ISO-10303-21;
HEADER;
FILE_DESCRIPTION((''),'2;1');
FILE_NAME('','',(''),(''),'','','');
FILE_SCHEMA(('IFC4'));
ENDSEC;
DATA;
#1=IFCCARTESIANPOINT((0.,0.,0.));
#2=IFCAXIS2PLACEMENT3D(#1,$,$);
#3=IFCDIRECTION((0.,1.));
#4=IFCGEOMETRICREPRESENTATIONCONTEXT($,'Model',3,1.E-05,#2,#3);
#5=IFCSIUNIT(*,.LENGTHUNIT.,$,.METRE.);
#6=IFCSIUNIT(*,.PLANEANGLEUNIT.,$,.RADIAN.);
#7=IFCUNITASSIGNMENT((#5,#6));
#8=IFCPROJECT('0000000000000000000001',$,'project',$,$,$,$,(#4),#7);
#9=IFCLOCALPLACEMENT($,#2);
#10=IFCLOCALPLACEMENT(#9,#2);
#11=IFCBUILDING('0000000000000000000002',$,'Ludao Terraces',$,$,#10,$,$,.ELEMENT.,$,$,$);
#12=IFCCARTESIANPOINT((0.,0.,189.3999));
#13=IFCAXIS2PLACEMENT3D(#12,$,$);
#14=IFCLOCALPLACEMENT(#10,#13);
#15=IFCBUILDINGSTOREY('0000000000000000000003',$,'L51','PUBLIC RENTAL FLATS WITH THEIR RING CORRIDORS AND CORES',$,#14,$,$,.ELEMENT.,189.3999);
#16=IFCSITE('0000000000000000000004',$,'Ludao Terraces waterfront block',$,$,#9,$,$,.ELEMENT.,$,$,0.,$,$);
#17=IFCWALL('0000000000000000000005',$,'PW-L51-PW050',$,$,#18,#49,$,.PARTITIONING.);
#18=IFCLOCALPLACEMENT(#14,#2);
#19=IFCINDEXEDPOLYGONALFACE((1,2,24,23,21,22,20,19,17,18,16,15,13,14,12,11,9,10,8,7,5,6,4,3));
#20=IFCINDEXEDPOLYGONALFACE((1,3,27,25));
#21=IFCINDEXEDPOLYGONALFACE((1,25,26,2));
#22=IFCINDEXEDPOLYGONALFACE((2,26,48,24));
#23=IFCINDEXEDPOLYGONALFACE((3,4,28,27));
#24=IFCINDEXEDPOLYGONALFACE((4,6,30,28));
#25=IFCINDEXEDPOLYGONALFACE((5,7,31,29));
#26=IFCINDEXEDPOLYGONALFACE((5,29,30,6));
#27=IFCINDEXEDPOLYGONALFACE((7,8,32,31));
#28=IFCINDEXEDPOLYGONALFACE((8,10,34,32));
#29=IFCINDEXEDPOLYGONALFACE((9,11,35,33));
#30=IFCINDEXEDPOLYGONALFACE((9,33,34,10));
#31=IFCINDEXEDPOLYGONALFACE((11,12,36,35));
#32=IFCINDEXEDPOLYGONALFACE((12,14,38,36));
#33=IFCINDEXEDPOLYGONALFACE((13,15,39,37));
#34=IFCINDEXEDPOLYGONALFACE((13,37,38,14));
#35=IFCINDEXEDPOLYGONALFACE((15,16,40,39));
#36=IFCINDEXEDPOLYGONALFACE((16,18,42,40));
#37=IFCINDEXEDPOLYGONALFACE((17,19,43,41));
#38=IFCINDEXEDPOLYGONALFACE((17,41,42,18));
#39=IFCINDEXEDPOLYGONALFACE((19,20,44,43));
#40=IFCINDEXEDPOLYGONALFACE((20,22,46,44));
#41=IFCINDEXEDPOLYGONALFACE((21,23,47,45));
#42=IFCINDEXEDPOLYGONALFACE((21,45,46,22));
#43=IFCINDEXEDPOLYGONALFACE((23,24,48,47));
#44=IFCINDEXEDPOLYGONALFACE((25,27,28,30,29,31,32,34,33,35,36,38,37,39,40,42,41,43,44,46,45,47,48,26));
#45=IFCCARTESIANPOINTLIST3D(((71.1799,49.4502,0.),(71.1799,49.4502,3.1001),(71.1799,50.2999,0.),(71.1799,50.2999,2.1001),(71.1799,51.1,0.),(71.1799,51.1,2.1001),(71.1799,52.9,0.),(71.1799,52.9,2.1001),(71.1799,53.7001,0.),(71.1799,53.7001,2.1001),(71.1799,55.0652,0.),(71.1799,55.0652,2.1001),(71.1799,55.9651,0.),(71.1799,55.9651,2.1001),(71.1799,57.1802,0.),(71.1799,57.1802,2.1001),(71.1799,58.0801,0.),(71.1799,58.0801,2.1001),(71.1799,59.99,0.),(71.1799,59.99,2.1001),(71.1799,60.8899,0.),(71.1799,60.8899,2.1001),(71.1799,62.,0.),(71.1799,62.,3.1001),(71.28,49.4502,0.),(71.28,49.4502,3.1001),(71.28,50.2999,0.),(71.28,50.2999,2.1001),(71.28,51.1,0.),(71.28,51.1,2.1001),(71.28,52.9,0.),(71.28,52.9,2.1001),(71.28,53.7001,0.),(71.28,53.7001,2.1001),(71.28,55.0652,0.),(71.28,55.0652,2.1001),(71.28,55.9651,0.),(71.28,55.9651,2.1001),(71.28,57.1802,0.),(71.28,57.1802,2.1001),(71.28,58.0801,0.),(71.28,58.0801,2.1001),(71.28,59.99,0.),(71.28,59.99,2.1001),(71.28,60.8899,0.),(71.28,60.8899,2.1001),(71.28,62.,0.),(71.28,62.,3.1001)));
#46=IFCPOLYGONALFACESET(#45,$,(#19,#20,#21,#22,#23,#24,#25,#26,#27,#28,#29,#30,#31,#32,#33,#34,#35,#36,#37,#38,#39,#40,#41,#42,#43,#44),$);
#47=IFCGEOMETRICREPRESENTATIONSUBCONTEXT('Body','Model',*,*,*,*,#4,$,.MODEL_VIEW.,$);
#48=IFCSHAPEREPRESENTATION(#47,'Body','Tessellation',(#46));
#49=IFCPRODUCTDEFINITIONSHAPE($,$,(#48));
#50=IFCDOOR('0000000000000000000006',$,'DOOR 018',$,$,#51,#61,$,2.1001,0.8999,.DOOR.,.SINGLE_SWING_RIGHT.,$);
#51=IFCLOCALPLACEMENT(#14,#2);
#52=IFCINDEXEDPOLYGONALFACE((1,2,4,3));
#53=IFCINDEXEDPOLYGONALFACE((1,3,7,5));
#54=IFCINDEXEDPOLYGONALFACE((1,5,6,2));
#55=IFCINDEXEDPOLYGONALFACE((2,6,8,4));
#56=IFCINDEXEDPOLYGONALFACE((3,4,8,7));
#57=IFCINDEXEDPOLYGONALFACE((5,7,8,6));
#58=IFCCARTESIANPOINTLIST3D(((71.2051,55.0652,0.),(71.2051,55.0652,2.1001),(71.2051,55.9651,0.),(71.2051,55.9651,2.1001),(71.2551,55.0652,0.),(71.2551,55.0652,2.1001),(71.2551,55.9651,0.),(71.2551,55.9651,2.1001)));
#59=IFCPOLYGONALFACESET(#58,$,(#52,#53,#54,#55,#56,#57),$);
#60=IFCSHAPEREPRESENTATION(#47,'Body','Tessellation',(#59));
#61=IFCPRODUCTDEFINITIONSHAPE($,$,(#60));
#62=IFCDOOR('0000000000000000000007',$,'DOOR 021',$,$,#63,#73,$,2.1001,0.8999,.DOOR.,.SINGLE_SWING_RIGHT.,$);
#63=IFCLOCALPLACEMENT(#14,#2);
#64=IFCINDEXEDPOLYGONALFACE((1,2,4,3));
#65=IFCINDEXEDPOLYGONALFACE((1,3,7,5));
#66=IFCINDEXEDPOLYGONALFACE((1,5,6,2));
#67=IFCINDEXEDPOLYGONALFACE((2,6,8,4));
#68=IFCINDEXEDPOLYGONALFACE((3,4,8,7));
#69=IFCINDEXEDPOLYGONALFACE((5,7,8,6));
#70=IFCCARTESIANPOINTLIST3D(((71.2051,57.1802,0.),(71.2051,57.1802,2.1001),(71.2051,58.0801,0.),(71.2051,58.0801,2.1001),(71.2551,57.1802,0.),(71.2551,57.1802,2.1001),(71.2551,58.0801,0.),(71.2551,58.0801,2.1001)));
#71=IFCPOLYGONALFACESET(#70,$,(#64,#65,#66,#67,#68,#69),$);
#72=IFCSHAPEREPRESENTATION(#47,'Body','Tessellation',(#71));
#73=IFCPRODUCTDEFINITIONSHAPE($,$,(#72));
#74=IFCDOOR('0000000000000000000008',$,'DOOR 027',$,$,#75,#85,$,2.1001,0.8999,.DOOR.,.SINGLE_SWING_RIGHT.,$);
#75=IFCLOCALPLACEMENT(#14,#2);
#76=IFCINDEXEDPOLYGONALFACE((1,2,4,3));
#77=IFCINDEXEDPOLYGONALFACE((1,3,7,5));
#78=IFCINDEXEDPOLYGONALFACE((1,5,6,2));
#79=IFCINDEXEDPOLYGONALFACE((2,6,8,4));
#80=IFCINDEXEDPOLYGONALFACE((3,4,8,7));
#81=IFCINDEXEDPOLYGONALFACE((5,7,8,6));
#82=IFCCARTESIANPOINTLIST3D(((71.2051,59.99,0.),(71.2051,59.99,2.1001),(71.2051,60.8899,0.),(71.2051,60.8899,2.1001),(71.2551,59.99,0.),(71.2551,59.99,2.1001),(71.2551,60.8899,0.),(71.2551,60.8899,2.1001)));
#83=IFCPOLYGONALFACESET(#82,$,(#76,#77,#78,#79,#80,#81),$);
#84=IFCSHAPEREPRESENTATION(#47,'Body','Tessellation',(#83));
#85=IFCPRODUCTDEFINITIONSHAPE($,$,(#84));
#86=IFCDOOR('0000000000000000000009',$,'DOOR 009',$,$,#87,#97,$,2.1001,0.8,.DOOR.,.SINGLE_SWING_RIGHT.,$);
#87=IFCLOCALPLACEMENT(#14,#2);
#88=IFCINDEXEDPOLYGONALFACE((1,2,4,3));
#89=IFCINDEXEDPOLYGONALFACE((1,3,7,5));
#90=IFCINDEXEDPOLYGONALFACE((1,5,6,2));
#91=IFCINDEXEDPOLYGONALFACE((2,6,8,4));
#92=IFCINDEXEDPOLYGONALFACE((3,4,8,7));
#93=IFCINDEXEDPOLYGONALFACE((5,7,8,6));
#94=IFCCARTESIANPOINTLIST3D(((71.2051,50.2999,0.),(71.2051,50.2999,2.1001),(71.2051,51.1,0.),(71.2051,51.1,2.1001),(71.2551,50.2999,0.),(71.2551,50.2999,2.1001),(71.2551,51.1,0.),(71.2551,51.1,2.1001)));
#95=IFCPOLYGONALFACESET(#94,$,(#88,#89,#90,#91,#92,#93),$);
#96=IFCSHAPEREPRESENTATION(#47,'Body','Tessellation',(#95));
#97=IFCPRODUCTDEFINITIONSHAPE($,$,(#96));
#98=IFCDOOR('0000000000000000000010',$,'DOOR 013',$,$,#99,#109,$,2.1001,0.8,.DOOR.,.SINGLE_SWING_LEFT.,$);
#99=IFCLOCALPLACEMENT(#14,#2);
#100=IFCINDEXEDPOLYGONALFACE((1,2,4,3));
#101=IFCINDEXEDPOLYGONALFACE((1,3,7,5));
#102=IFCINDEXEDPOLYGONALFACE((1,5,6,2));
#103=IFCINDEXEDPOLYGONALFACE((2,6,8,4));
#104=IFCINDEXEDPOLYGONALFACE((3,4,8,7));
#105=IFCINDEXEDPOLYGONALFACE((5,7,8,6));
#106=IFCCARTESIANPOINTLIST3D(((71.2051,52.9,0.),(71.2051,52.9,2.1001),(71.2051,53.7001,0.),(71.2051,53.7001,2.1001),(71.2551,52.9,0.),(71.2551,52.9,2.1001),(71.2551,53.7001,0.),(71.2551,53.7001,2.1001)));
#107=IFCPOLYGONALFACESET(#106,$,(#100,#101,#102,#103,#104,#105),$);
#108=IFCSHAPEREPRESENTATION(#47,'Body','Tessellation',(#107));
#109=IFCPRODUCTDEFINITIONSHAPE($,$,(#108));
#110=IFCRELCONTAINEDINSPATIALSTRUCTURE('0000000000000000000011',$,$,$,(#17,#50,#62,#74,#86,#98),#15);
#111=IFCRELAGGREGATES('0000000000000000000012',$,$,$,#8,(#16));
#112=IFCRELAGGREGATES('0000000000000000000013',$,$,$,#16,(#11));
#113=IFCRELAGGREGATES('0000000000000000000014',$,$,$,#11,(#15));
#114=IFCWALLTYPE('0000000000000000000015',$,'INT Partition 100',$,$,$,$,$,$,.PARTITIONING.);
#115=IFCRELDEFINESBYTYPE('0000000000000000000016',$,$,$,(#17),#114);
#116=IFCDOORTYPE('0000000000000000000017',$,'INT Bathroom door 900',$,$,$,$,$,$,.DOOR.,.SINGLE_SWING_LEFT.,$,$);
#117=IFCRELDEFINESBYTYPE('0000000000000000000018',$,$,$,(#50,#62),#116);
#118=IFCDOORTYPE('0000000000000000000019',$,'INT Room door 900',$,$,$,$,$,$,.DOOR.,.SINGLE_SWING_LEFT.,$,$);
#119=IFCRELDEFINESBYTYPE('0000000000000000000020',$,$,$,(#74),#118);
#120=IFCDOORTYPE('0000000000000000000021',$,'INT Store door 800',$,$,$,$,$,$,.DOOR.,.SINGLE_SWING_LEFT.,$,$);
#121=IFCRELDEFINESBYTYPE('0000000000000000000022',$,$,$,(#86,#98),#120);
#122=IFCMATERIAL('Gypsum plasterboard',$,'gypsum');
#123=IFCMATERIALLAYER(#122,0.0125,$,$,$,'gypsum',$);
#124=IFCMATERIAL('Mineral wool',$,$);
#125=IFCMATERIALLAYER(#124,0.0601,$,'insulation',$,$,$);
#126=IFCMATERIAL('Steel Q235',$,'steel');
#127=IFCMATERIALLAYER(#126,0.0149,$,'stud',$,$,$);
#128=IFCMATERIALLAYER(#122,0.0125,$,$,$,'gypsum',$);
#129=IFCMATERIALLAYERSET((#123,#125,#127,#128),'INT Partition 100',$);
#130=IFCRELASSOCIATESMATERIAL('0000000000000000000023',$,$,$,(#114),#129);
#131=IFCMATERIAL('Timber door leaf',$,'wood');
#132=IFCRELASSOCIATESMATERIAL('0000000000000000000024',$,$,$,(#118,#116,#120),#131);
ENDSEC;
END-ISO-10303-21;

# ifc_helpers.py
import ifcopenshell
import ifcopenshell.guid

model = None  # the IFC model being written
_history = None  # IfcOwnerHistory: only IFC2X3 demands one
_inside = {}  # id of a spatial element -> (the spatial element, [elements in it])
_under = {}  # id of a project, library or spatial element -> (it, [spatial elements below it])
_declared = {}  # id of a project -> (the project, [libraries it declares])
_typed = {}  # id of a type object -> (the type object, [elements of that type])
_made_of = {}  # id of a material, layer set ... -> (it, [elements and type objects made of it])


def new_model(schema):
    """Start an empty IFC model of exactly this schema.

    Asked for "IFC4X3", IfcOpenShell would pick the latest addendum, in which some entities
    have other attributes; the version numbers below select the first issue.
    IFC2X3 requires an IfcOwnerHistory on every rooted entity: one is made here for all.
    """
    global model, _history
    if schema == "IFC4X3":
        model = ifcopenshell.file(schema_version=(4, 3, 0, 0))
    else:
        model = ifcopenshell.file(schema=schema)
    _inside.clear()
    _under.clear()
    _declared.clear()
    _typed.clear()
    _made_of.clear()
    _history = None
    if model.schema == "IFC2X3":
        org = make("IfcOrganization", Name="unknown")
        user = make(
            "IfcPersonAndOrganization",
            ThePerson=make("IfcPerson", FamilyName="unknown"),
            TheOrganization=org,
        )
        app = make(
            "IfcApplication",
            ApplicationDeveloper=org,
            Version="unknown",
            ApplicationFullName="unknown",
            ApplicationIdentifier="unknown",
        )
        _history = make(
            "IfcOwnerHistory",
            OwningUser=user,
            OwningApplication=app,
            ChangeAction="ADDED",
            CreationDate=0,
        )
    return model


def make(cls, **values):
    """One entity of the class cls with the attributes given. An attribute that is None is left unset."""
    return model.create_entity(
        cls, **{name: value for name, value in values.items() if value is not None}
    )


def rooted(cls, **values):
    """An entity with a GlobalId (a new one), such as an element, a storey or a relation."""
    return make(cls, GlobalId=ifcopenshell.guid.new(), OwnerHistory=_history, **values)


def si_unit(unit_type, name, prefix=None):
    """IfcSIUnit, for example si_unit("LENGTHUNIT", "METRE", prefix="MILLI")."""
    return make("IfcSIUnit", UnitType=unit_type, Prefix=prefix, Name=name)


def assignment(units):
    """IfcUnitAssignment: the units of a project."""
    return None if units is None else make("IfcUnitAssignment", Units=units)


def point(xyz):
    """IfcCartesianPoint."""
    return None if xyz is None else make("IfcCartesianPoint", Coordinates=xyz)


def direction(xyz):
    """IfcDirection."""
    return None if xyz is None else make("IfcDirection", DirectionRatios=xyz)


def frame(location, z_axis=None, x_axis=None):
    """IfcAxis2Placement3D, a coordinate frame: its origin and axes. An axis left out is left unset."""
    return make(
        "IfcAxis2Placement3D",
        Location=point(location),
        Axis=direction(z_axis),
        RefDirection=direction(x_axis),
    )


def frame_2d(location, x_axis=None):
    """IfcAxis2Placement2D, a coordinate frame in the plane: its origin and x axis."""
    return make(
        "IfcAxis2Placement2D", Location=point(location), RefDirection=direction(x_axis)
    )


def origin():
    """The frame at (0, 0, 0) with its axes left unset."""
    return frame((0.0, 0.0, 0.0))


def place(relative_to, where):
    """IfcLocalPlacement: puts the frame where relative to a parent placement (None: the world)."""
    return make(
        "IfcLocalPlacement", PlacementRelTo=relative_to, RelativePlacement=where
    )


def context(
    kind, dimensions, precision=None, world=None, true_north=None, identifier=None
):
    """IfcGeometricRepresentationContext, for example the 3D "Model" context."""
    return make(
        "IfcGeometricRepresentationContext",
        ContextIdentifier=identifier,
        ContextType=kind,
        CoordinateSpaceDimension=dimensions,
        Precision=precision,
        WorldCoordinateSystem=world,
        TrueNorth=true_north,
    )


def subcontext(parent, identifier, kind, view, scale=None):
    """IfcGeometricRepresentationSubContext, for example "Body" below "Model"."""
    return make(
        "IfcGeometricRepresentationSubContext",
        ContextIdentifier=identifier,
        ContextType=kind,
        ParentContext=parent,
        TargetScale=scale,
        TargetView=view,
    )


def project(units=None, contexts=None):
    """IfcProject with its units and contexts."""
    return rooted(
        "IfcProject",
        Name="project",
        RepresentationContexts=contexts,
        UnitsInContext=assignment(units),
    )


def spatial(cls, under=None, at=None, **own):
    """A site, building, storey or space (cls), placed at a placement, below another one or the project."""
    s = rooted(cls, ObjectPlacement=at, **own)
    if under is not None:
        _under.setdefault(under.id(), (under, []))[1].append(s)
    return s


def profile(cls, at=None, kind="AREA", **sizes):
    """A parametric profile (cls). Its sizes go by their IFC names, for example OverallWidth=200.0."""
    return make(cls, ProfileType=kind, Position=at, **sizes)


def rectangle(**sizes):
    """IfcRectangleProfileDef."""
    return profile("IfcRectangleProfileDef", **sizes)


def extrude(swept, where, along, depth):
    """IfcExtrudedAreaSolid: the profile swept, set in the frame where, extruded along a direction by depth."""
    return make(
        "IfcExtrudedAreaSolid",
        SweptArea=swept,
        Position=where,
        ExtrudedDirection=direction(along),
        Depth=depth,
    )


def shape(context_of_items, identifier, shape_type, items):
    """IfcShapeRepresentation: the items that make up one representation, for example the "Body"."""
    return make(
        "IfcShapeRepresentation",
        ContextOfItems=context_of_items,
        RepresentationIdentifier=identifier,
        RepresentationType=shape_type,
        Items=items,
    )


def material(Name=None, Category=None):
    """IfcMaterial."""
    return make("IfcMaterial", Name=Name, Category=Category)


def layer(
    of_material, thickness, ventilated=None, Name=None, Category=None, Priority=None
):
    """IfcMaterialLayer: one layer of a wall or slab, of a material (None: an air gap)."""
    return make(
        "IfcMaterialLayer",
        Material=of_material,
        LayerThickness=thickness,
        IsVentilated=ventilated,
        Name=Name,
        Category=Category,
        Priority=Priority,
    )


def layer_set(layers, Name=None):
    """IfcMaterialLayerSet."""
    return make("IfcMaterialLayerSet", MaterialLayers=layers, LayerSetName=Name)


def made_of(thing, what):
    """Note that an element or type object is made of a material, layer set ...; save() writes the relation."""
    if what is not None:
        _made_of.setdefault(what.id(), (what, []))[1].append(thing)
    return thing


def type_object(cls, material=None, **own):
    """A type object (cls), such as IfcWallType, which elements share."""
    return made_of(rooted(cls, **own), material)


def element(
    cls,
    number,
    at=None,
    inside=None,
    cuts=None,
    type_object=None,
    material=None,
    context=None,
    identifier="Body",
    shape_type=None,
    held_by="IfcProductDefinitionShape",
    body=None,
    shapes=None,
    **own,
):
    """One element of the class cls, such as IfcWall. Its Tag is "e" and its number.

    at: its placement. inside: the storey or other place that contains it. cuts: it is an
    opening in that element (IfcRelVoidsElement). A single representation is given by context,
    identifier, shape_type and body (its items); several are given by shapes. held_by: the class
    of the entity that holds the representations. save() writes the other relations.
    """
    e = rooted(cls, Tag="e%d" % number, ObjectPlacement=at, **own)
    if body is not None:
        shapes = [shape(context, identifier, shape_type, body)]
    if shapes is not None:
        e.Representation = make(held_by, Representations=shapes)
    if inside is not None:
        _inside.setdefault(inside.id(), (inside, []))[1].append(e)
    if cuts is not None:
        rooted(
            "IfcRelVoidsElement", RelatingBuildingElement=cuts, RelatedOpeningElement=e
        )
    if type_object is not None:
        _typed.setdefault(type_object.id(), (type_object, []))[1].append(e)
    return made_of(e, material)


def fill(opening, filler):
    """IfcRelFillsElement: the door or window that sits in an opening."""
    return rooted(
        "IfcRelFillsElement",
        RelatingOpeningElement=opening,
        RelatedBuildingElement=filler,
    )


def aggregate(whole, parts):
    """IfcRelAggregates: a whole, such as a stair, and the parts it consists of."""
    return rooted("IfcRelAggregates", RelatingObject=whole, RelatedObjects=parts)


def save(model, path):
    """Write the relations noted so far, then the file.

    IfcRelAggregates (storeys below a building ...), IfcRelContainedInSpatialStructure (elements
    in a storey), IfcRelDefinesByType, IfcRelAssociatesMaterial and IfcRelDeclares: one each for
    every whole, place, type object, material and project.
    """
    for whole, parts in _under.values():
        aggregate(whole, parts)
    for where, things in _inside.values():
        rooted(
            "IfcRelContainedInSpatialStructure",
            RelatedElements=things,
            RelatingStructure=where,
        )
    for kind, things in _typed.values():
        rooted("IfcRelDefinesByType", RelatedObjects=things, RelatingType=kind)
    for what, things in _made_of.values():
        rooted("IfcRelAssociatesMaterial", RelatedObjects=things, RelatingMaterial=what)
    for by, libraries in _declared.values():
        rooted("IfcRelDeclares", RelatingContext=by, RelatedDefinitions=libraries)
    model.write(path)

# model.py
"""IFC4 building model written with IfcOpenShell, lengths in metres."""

from ifc_helpers import new_model, si_unit, direction, frame, frame_2d, origin, place, context, subcontext, project, spatial, rectangle, extrude, material, layer, layer_set, type_object, element, fill, save


model = new_model("IFC4")

# Units and contexts
model_context = context("Model", 3, precision=1e-05, world=origin(), true_north=direction((0.0, 1.0)))
body_context = subcontext(model_context, "Body", "Model", "MODEL_VIEW")
ifc_project = project(units=[si_unit("LENGTHUNIT", "METRE"), si_unit("PLANEANGLEUNIT", "RADIAN")], contexts=[model_context])

# Site, building, storey
site_placement = place(None, origin())
site = spatial("IfcSite", under=ifc_project, at=site_placement, Name="Ludao Terraces waterfront block", CompositionType="ELEMENT", RefElevation=0.0)
building_placement = place(site_placement, origin())
building = spatial("IfcBuilding", under=site, at=building_placement, Name="Ludao Terraces", CompositionType="ELEMENT")
storey_placement = place(building_placement, frame((0.0, 0.0, 189.3999)))
storey = spatial("IfcBuildingStorey", under=building, at=storey_placement, Name="L51", Description="PUBLIC RENTAL FLATS WITH THEIR RING CORRIDORS AND CORES", CompositionType="ELEMENT", Elevation=189.3999)

# Shared definitions
ifc_material_1 = material(Name="Mineral wool")

# Wall, openings, doors
ifc_material_2 = material(Name="Gypsum plasterboard", Category="gypsum")
ifc_layer_1 = layer(ifc_material_2, 0.0125, Category="gypsum")
ifc_layer_2 = layer(ifc_material_1, 0.0601, Name="insulation")
ifc_material_3 = material(Name="Steel Q235", Category="steel")
ifc_layer_3 = layer(ifc_material_3, 0.0149, Name="stud")
ifc_layer_4 = layer(ifc_material_2, 0.0125, Category="gypsum")
ifc_layer_set_1 = layer_set([ifc_layer_1, ifc_layer_2, ifc_layer_3, ifc_layer_4], Name="INT Partition 100")
wall_type_1 = type_object("IfcWallType", Name="INT Partition 100", PredefinedType="PARTITIONING", material=ifc_layer_set_1)
ifc_material_4 = material(Name="Timber door leaf", Category="wood")
door_type_1 = type_object("IfcDoorType", Name="INT Room door 900", OperationType="SINGLE_SWING_LEFT", PredefinedType="DOOR", material=ifc_material_4)
wall_1_placement = place(storey_placement, frame((71.23, 49.4502, 0.0), z_axis=(0.0, 0.0, 1.0), x_axis=(0.0, 1.0, 0.0)))
wall_1 = element("IfcWall", 1, at=wall_1_placement, inside=storey, type_object=wall_type_1, Name="PW-L51-PW050", PredefinedType="PARTITIONING", context=body_context, shape_type="SweptSolid", body=[
    extrude(rectangle(XDim=12.5498, YDim=0.1001, at=frame_2d((6.2749, 0.0))), origin(), (0.0, 0.0, 1.0), 3.1001),
])
opening_1_placement = place(wall_1_placement, frame((0.8499, 0.0, 0.0)))
opening_1 = element("IfcOpeningElement", 2, at=opening_1_placement, cuts=wall_1, PredefinedType="OPENING", context=body_context, shape_type="SweptSolid", body=[
    extrude(rectangle(XDim=0.8, YDim=2.1001, at=frame_2d((0.3999, 1.05))), frame((0.0, 0.0601, 0.0), z_axis=(0.0, -1.0, 0.0), x_axis=(1.0, 0.0, 0.0)), (0.0, 0.0, 1.0), 0.1201),
])
opening_2_placement = place(wall_1_placement, frame((3.45, 0.0, 0.0)))
opening_2 = element("IfcOpeningElement", 3, at=opening_2_placement, cuts=wall_1, PredefinedType="OPENING", context=body_context, shape_type="SweptSolid", body=[
    extrude(rectangle(XDim=0.8, YDim=2.1001, at=frame_2d((0.3999, 1.05))), frame((0.0, 0.0601, 0.0), z_axis=(0.0, -1.0, 0.0), x_axis=(1.0, 0.0, 0.0)), (0.0, 0.0, 1.0), 0.1201),
])
opening_3_placement = place(wall_1_placement, frame((5.615, 0.0, 0.0)))
opening_3 = element("IfcOpeningElement", 4, at=opening_3_placement, cuts=wall_1, PredefinedType="OPENING", context=body_context, shape_type="SweptSolid", body=[
    extrude(rectangle(XDim=0.8999, YDim=2.1001, at=frame_2d((0.45, 1.05))), frame((0.0, 0.0601, 0.0), z_axis=(0.0, -1.0, 0.0), x_axis=(1.0, 0.0, 0.0)), (0.0, 0.0, 1.0), 0.1201),
])
opening_4_placement = place(wall_1_placement, frame((7.73, 0.0, 0.0)))
opening_4 = element("IfcOpeningElement", 5, at=opening_4_placement, cuts=wall_1, PredefinedType="OPENING", context=body_context, shape_type="SweptSolid", body=[
    extrude(rectangle(XDim=0.8999, YDim=2.1001, at=frame_2d((0.45, 1.05))), frame((0.0, 0.0601, 0.0), z_axis=(0.0, -1.0, 0.0), x_axis=(1.0, 0.0, 0.0)), (0.0, 0.0, 1.0), 0.1201),
])
opening_5_placement = place(wall_1_placement, frame((10.5398, 0.0, 0.0)))
opening_5 = element("IfcOpeningElement", 6, at=opening_5_placement, cuts=wall_1, PredefinedType="OPENING", context=body_context, shape_type="SweptSolid", body=[
    extrude(rectangle(XDim=0.8999, YDim=2.1001, at=frame_2d((0.45, 1.05))), frame((0.0, 0.0601, 0.0), z_axis=(0.0, -1.0, 0.0), x_axis=(1.0, 0.0, 0.0)), (0.0, 0.0, 1.0), 0.1201),
])
door_type_2 = type_object("IfcDoorType", Name="INT Bathroom door 900", OperationType="SINGLE_SWING_LEFT", PredefinedType="DOOR", material=ifc_material_4)
door_1_placement = place(opening_3_placement, origin())
door_1 = element("IfcDoor", 7, at=door_1_placement, inside=storey, type_object=door_type_2, Name="DOOR 018", OperationType="SINGLE_SWING_RIGHT", OverallHeight=2.1001, OverallWidth=0.8999, PredefinedType="DOOR", context=body_context, shape_type="SweptSolid", body=[
    extrude(rectangle(XDim=0.8999, YDim=2.1001, at=frame_2d((0.45, 1.05))), frame((0.0, 0.0249, 0.0), z_axis=(0.0, -1.0, 0.0), x_axis=(1.0, 0.0, 0.0)), (0.0, 0.0, 1.0), 0.05),
])
fill(opening_3, door_1)
door_2_placement = place(opening_4_placement, origin())
door_2 = element("IfcDoor", 8, at=door_2_placement, inside=storey, type_object=door_type_2, Name="DOOR 021", OperationType="SINGLE_SWING_RIGHT", OverallHeight=2.1001, OverallWidth=0.8999, PredefinedType="DOOR", context=body_context, shape_type="SweptSolid", body=[
    extrude(rectangle(XDim=0.8999, YDim=2.1001, at=frame_2d((0.45, 1.05))), frame((0.0, 0.0249, 0.0), z_axis=(0.0, -1.0, 0.0), x_axis=(1.0, 0.0, 0.0)), (0.0, 0.0, 1.0), 0.05),
])
fill(opening_4, door_2)
door_3_placement = place(opening_5_placement, origin())
door_3 = element("IfcDoor", 9, at=door_3_placement, inside=storey, type_object=door_type_1, Name="DOOR 027", OperationType="SINGLE_SWING_RIGHT", OverallHeight=2.1001, OverallWidth=0.8999, PredefinedType="DOOR", context=body_context, shape_type="SweptSolid", body=[
    extrude(rectangle(XDim=0.8999, YDim=2.1001, at=frame_2d((0.45, 1.05))), frame((0.0, 0.0249, 0.0), z_axis=(0.0, -1.0, 0.0), x_axis=(1.0, 0.0, 0.0)), (0.0, 0.0, 1.0), 0.05),
])
fill(opening_5, door_3)
door_type_3 = type_object("IfcDoorType", Name="INT Store door 800", OperationType="SINGLE_SWING_LEFT", PredefinedType="DOOR", material=ifc_material_4)
door_4_placement = place(opening_1_placement, origin())
door_4 = element("IfcDoor", 10, at=door_4_placement, inside=storey, type_object=door_type_3, Name="DOOR 009", OperationType="SINGLE_SWING_RIGHT", OverallHeight=2.1001, OverallWidth=0.8, PredefinedType="DOOR", context=body_context, shape_type="SweptSolid", body=[
    extrude(rectangle(XDim=0.8, YDim=2.1001, at=frame_2d((0.3999, 1.05))), frame((0.0, 0.0249, 0.0), z_axis=(0.0, -1.0, 0.0), x_axis=(1.0, 0.0, 0.0)), (0.0, 0.0, 1.0), 0.05),
])
fill(opening_1, door_4)
door_5_placement = place(opening_2_placement, origin())
door_5 = element("IfcDoor", 11, at=door_5_placement, inside=storey, type_object=door_type_3, Name="DOOR 013", OperationType="SINGLE_SWING_LEFT", OverallHeight=2.1001, OverallWidth=0.8, PredefinedType="DOOR", context=body_context, shape_type="SweptSolid", body=[
    extrude(rectangle(XDim=0.8, YDim=2.1001, at=frame_2d((0.3999, 1.05))), frame((0.0, 0.0249, 0.0), z_axis=(0.0, -1.0, 0.0), x_axis=(1.0, 0.0, 0.0)), (0.0, 0.0, 1.0), 0.05),
])
fill(opening_2, door_5)

save(model, "model.ifc")
